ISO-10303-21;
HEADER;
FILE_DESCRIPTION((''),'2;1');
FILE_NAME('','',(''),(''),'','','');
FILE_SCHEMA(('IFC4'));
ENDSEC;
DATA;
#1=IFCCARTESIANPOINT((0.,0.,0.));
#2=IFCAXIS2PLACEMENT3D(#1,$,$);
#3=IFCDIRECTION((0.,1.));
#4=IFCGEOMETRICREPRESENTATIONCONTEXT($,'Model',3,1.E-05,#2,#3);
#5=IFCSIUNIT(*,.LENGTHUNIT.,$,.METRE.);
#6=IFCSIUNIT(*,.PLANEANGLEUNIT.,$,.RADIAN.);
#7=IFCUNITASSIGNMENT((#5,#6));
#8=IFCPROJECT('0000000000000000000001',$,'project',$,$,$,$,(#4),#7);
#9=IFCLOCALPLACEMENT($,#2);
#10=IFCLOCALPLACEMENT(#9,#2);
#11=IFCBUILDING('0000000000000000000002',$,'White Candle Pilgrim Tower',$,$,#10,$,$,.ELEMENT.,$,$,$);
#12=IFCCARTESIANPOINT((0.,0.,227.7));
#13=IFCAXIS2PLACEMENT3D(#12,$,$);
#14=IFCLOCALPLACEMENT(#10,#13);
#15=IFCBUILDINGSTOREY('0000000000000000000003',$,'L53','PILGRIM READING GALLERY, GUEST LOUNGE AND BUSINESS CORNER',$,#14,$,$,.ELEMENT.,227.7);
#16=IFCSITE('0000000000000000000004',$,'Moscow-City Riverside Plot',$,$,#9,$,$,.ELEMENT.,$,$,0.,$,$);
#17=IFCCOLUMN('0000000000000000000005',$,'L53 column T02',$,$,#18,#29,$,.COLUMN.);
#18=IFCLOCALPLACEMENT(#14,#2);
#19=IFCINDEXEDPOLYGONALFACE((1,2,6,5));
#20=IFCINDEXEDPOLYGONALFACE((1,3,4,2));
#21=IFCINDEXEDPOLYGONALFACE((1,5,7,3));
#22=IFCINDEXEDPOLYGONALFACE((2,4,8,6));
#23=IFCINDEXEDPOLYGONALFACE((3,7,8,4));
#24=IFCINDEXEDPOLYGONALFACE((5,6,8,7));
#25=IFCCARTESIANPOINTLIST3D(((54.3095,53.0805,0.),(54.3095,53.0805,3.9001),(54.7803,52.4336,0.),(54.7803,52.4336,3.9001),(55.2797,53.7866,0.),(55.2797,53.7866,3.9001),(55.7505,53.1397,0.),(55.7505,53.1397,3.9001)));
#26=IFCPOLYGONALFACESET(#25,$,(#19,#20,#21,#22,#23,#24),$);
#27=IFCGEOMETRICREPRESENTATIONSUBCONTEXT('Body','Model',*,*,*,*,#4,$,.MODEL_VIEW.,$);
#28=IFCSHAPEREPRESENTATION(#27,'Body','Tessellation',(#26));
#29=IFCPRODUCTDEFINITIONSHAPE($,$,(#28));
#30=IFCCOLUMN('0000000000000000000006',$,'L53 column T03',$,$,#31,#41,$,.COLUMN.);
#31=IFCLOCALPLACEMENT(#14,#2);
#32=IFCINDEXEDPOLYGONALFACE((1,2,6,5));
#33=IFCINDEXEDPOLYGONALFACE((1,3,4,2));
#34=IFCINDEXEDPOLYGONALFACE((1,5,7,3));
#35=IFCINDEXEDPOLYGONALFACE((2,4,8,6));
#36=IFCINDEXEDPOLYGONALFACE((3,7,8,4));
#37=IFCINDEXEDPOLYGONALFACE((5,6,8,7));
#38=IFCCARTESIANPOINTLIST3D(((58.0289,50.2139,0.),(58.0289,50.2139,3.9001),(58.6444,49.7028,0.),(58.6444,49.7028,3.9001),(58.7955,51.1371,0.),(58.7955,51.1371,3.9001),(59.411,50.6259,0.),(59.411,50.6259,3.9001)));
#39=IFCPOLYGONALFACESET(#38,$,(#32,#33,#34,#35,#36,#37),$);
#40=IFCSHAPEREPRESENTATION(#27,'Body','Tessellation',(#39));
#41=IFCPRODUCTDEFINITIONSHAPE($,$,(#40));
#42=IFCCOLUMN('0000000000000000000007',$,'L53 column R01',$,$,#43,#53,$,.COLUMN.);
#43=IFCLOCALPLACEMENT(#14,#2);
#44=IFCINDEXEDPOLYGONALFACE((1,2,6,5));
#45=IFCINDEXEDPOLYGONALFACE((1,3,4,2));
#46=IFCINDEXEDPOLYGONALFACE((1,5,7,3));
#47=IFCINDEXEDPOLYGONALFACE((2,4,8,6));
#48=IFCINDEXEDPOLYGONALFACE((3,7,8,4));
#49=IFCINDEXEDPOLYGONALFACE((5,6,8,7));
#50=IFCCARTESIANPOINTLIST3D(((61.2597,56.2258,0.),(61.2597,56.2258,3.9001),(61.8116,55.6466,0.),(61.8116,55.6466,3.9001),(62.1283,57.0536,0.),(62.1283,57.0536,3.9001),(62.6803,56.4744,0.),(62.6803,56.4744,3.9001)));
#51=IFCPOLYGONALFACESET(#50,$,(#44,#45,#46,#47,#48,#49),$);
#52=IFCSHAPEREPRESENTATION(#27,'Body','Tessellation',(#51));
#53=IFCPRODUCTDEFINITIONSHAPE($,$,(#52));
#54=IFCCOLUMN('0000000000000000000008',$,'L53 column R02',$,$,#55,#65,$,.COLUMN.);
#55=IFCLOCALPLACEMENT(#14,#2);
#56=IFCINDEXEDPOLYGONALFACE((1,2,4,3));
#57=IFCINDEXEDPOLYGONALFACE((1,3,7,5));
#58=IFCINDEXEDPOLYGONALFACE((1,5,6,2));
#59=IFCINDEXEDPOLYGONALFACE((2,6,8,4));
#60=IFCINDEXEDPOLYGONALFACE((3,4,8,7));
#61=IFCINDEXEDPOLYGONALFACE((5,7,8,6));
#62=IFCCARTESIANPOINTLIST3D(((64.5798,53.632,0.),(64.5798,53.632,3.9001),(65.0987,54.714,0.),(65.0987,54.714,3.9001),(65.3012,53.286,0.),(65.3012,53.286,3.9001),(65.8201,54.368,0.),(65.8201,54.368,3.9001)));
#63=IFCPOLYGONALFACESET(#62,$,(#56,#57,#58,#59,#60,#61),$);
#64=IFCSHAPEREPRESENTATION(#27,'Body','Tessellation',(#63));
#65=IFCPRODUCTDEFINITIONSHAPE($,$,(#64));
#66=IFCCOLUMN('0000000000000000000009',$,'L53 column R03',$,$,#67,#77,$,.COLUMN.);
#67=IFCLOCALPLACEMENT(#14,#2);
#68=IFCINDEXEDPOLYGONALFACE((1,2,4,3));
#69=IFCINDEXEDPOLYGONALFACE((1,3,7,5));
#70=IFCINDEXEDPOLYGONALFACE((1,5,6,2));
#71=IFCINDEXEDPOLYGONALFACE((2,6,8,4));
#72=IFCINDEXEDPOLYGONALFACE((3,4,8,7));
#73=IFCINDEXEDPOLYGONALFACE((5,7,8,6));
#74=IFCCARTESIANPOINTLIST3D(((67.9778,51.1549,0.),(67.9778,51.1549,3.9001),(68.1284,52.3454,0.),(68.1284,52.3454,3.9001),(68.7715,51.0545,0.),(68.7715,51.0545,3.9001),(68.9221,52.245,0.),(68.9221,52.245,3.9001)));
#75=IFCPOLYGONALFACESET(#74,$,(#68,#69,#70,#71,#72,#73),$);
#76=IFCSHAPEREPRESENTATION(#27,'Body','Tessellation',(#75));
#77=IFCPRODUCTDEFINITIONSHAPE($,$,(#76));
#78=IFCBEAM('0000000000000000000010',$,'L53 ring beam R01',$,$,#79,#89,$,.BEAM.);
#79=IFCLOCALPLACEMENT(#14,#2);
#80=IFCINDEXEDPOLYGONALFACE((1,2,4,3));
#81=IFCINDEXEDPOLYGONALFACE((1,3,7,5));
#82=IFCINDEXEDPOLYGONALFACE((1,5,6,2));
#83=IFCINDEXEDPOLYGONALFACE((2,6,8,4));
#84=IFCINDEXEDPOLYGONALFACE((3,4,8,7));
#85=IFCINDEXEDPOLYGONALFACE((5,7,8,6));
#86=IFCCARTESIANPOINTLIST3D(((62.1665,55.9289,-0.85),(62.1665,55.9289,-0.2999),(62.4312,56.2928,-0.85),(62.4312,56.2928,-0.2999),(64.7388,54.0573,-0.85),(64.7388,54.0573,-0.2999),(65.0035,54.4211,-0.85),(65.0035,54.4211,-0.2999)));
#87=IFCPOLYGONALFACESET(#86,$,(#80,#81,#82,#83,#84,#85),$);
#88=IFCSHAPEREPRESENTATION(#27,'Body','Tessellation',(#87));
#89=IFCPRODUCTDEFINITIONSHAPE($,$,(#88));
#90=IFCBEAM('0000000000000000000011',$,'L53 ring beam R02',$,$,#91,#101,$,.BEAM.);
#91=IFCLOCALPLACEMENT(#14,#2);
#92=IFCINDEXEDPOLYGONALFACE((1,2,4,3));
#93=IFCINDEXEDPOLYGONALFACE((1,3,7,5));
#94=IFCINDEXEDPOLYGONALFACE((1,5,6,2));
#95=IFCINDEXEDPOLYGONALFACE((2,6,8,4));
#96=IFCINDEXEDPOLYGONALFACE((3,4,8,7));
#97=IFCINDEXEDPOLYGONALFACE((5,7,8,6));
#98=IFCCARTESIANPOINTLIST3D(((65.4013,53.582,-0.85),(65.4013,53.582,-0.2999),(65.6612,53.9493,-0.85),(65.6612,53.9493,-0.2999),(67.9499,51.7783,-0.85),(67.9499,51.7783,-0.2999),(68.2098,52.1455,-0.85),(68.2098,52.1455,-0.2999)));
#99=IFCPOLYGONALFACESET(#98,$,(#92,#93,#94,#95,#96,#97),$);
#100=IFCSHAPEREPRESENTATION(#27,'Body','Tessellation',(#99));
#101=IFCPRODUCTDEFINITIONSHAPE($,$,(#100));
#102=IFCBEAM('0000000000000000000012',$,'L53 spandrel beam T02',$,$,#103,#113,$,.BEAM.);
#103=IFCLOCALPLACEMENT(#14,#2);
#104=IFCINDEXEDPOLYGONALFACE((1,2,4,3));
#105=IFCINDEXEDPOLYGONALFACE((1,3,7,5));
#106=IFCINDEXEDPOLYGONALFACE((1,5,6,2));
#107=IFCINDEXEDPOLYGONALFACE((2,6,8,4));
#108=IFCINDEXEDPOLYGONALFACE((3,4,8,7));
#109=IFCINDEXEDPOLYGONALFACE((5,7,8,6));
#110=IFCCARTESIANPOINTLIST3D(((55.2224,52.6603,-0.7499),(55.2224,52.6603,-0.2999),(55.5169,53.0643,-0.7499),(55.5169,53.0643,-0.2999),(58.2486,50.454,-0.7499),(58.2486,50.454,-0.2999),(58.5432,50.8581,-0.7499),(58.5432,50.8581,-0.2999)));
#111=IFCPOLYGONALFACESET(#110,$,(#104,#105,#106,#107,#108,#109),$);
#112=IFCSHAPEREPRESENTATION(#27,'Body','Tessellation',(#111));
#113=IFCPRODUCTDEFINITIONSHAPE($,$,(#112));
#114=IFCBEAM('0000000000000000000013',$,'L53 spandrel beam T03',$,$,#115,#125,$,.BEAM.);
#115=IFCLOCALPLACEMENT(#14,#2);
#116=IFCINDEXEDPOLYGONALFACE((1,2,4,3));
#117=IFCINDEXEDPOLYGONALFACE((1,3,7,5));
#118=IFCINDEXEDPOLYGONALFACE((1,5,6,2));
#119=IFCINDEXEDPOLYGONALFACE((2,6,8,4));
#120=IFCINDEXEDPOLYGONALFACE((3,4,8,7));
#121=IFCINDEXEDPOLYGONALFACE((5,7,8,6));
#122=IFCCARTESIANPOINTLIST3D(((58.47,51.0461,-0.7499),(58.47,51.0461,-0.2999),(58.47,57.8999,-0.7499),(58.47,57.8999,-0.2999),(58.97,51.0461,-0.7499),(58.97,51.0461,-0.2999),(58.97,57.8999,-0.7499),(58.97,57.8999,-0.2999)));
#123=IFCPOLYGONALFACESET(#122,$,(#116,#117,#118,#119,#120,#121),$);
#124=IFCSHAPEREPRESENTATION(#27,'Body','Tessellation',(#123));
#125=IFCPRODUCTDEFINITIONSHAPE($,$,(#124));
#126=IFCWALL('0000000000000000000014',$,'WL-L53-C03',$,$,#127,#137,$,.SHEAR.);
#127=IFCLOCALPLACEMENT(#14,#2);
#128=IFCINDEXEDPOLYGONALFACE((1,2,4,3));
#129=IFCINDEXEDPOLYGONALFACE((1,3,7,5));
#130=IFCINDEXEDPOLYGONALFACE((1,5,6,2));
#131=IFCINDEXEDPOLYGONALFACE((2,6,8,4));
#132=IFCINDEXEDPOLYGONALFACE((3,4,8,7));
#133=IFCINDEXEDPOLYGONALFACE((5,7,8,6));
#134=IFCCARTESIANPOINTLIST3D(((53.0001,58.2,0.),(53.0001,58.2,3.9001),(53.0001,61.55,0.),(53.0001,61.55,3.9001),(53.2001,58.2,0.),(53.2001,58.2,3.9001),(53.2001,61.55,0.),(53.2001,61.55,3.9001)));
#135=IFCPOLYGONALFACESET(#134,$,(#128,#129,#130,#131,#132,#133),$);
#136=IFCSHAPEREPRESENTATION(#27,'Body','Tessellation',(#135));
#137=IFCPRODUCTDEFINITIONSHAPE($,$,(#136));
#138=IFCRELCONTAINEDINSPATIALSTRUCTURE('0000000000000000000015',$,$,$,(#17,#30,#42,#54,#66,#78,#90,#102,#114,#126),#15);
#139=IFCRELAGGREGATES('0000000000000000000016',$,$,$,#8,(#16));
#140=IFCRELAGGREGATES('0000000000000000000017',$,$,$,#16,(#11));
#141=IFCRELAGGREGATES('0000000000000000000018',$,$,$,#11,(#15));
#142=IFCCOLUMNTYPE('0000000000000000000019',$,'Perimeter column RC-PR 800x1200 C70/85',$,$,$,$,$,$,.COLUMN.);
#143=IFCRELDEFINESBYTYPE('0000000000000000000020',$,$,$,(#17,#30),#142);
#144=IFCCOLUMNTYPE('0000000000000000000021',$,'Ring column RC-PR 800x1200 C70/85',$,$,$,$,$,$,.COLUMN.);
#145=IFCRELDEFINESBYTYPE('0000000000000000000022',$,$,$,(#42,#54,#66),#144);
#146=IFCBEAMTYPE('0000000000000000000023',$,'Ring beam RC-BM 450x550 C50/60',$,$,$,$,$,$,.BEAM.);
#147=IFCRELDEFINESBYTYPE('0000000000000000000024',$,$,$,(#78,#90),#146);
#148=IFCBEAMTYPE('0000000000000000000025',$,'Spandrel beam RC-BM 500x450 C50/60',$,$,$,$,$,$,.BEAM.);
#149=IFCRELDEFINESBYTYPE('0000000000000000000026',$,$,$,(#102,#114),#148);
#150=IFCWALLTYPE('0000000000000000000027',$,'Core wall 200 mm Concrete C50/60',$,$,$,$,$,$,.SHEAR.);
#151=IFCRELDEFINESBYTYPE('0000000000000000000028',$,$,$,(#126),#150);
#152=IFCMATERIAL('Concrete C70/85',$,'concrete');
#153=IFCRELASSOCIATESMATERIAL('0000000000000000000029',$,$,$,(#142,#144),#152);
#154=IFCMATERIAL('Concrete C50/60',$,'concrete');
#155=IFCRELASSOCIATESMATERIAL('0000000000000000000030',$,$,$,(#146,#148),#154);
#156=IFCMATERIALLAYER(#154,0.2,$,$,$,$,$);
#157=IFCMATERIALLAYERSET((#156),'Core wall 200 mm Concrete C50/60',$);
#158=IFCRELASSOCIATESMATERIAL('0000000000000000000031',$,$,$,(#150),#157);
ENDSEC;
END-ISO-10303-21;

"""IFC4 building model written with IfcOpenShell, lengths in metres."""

from ifc_helpers import new_model, si_unit, direction, frame, frame_2d, origin, origin_2d, place, context, subcontext, project, spatial, rectangle, extrude, material, layer, layer_set, material_profile, profile_set, type_object, element, save


model = new_model("IFC4")

# Units and contexts
model_context = context("Model", 3, precision=1e-05, world=origin(), true_north=direction((0.0, 1.0)))
body_context = subcontext(model_context, "Body", "Model", "MODEL_VIEW")
ifc_project = project(units=[si_unit("LENGTHUNIT", "METRE"), si_unit("PLANEANGLEUNIT", "RADIAN")], contexts=[model_context])

# Site, building, storey
site_placement = place(None, origin())
site = spatial("IfcSite", under=ifc_project, at=site_placement, Name="Moscow-City Riverside Plot", CompositionType="ELEMENT", RefElevation=0.0)
building_placement = place(site_placement, origin())
building = spatial("IfcBuilding", under=site, at=building_placement, Name="White Candle Pilgrim Tower", CompositionType="ELEMENT")
storey_placement = place(building_placement, frame((0.0, 0.0, 227.7)))
storey = spatial("IfcBuildingStorey", under=building, at=storey_placement, Name="L53", Description="PILGRIM READING GALLERY, GUEST LOUNGE AND BUSINESS CORNER", CompositionType="ELEMENT", Elevation=227.7)

# Columns
ifc_material_1 = material(Name="Concrete C70/85", Category="concrete")
ifc_material_profile_1 = material_profile(ifc_material_1, rectangle(XDim=0.8, YDim=1.2, at=origin_2d()), Name="RC-PR 800x1200")
ifc_profile_set_1 = profile_set([ifc_material_profile_1], Name="Concrete C70/85")
column_type_1 = type_object("IfcColumnType", Name="Perimeter column RC-PR 800x1200 C70/85", PredefinedType="COLUMN", material=ifc_profile_set_1)
for number, where, z_axis, x_axis, name in (
    (1, (55.03, 53.1101, 0.0), (0.0, 0.0, 1.0), (-0.588463, 0.808524, 0.0), "L53 column T02"),
    (2, (58.72, 50.4199, 0.0), (0.0, 0.0, 1.0), (-0.76931, 0.638875, 0.0), "L53 column T03"),
):
    element("IfcColumn", number, at=place(storey_placement, frame(where, z_axis=z_axis, x_axis=x_axis)), inside=storey, type_object=column_type_1, Name=name, PredefinedType="COLUMN", context=body_context, shape_type="SweptSolid", body=[
        extrude(rectangle(XDim=0.8, YDim=1.2, at=origin_2d()), origin(), (0.0, 0.0, 1.0), 3.9001),
    ])
ifc_material_profile_2 = material_profile(ifc_material_1, rectangle(XDim=0.8, YDim=1.2, at=origin_2d()), Name="RC-PR 800x1200")
ifc_profile_set_2 = profile_set([ifc_material_profile_2], Name="Concrete C70/85")
column_type_2 = type_object("IfcColumnType", Name="Ring column RC-PR 800x1200 C70/85", PredefinedType="COLUMN", material=ifc_profile_set_2)
for number, where, z_axis, x_axis, name in (
    (3, (61.97, 56.3501, 0.0), (0.0, 0.0, 1.0), (-0.689872, 0.723931, 0.0), "L53 column R01"),
    (4, (65.2, 54.0, 0.0), (0.0, 0.0, 1.0), (-0.901689, 0.432385, 0.0), "L53 column R02"),
    (5, (68.45, 51.7, 0.0), (0.0, 0.0, 1.0), (-0.992093, 0.125506, 0.0), "L53 column R03"),
):
    element("IfcColumn", number, at=place(storey_placement, frame(where, z_axis=z_axis, x_axis=x_axis)), inside=storey, type_object=column_type_2, Name=name, PredefinedType="COLUMN", context=body_context, shape_type="SweptSolid", body=[
        extrude(rectangle(XDim=0.8, YDim=1.2, at=origin_2d()), origin(), (0.0, 0.0, 1.0), 3.9001),
    ])

# Beams
ifc_material_2 = material(Name="Concrete C50/60", Category="concrete")
ifc_material_profile_3 = material_profile(ifc_material_2, rectangle(XDim=0.45, YDim=0.55, at=origin_2d()), Name="RC-BM 450x550")
ifc_profile_set_3 = profile_set([ifc_material_profile_3], Name="Concrete C50/60")
beam_type_1 = type_object("IfcBeamType", Name="Ring beam RC-BM 450x550 C50/60", PredefinedType="BEAM", material=ifc_profile_set_3)
beam_1_placement = place(storey_placement, frame((62.2988, 56.1108, -0.575), z_axis=(0.80861, -0.588345, 0.0), x_axis=(0.588345, 0.80861, 0.0)))
element("IfcBeam", 6, at=beam_1_placement, inside=storey, type_object=beam_type_1, Name="L53 ring beam R01", PredefinedType="BEAM", context=body_context, shape_type="SweptSolid", body=[
    extrude(rectangle(XDim=0.45, YDim=0.55, at=origin_2d()), origin(), (0.0, 0.0, 1.0), 3.1812),
])
beam_2_placement = place(storey_placement, frame((65.5312, 53.7656, -0.575), z_axis=(0.816256, -0.57769, 0.0), x_axis=(0.57769, 0.816256, 0.0)))
element("IfcBeam", 7, at=beam_2_placement, inside=storey, type_object=beam_type_1, Name="L53 ring beam R02", PredefinedType="BEAM", context=body_context, shape_type="SweptSolid", body=[
    extrude(rectangle(XDim=0.45, YDim=0.55, at=origin_2d()), origin(), (0.0, 0.0, 1.0), 3.1223),
])
ifc_material_profile_4 = material_profile(ifc_material_2, rectangle(XDim=0.5, YDim=0.45, at=origin_2d()), Name="RC-BM 500x450")
ifc_profile_set_4 = profile_set([ifc_material_profile_4], Name="Concrete C50/60")
beam_type_2 = type_object("IfcBeamType", Name="Spandrel beam RC-BM 500x450 C50/60", PredefinedType="BEAM", material=ifc_profile_set_4)
beam_3_placement = place(storey_placement, frame((55.3696, 52.8623, -0.5249), z_axis=(0.808062, -0.589098, 0.0), x_axis=(0.589098, 0.808062, 0.0)))
element("IfcBeam", 8, at=beam_3_placement, inside=storey, type_object=beam_type_2, Name="L53 spandrel beam T02", PredefinedType="BEAM", context=body_context, shape_type="SweptSolid", body=[
    extrude(rectangle(XDim=0.5, YDim=0.45, at=origin_2d()), origin(), (0.0, 0.0, 1.0), 3.7451),
])
beam_4_placement = place(storey_placement, frame((58.72, 51.0461, -0.5249), z_axis=(0.0, 1.0, 0.0), x_axis=(-1.0, 0.0, 0.0)))
element("IfcBeam", 9, at=beam_4_placement, inside=storey, type_object=beam_type_2, Name="L53 spandrel beam T03", PredefinedType="BEAM", context=body_context, shape_type="SweptSolid", body=[
    extrude(rectangle(XDim=0.5, YDim=0.45, at=origin_2d()), origin(), (0.0, 0.0, 1.0), 6.8538),
])

# Wall
ifc_layer_1 = layer(ifc_material_2, 0.2)
ifc_layer_set_1 = layer_set([ifc_layer_1], Name="Core wall 200 mm Concrete C50/60")
wall_type_1 = type_object("IfcWallType", Name="Core wall 200 mm Concrete C50/60", PredefinedType="SHEAR", material=ifc_layer_set_1)
wall_1_placement = place(storey_placement, frame((53.1001, 58.2, 0.0), z_axis=(0.0, 0.0, 1.0), x_axis=(0.0, 1.0, 0.0)))
element("IfcWall", 10, at=wall_1_placement, inside=storey, type_object=wall_type_1, Name="WL-L53-C03", PredefinedType="SHEAR", context=body_context, shape_type="SweptSolid", body=[
    extrude(rectangle(XDim=3.3501, YDim=0.2, at=frame_2d((1.675, 0.0))), origin(), (0.0, 0.0, 1.0), 3.9001),
])

save(model, "model.ifc")
